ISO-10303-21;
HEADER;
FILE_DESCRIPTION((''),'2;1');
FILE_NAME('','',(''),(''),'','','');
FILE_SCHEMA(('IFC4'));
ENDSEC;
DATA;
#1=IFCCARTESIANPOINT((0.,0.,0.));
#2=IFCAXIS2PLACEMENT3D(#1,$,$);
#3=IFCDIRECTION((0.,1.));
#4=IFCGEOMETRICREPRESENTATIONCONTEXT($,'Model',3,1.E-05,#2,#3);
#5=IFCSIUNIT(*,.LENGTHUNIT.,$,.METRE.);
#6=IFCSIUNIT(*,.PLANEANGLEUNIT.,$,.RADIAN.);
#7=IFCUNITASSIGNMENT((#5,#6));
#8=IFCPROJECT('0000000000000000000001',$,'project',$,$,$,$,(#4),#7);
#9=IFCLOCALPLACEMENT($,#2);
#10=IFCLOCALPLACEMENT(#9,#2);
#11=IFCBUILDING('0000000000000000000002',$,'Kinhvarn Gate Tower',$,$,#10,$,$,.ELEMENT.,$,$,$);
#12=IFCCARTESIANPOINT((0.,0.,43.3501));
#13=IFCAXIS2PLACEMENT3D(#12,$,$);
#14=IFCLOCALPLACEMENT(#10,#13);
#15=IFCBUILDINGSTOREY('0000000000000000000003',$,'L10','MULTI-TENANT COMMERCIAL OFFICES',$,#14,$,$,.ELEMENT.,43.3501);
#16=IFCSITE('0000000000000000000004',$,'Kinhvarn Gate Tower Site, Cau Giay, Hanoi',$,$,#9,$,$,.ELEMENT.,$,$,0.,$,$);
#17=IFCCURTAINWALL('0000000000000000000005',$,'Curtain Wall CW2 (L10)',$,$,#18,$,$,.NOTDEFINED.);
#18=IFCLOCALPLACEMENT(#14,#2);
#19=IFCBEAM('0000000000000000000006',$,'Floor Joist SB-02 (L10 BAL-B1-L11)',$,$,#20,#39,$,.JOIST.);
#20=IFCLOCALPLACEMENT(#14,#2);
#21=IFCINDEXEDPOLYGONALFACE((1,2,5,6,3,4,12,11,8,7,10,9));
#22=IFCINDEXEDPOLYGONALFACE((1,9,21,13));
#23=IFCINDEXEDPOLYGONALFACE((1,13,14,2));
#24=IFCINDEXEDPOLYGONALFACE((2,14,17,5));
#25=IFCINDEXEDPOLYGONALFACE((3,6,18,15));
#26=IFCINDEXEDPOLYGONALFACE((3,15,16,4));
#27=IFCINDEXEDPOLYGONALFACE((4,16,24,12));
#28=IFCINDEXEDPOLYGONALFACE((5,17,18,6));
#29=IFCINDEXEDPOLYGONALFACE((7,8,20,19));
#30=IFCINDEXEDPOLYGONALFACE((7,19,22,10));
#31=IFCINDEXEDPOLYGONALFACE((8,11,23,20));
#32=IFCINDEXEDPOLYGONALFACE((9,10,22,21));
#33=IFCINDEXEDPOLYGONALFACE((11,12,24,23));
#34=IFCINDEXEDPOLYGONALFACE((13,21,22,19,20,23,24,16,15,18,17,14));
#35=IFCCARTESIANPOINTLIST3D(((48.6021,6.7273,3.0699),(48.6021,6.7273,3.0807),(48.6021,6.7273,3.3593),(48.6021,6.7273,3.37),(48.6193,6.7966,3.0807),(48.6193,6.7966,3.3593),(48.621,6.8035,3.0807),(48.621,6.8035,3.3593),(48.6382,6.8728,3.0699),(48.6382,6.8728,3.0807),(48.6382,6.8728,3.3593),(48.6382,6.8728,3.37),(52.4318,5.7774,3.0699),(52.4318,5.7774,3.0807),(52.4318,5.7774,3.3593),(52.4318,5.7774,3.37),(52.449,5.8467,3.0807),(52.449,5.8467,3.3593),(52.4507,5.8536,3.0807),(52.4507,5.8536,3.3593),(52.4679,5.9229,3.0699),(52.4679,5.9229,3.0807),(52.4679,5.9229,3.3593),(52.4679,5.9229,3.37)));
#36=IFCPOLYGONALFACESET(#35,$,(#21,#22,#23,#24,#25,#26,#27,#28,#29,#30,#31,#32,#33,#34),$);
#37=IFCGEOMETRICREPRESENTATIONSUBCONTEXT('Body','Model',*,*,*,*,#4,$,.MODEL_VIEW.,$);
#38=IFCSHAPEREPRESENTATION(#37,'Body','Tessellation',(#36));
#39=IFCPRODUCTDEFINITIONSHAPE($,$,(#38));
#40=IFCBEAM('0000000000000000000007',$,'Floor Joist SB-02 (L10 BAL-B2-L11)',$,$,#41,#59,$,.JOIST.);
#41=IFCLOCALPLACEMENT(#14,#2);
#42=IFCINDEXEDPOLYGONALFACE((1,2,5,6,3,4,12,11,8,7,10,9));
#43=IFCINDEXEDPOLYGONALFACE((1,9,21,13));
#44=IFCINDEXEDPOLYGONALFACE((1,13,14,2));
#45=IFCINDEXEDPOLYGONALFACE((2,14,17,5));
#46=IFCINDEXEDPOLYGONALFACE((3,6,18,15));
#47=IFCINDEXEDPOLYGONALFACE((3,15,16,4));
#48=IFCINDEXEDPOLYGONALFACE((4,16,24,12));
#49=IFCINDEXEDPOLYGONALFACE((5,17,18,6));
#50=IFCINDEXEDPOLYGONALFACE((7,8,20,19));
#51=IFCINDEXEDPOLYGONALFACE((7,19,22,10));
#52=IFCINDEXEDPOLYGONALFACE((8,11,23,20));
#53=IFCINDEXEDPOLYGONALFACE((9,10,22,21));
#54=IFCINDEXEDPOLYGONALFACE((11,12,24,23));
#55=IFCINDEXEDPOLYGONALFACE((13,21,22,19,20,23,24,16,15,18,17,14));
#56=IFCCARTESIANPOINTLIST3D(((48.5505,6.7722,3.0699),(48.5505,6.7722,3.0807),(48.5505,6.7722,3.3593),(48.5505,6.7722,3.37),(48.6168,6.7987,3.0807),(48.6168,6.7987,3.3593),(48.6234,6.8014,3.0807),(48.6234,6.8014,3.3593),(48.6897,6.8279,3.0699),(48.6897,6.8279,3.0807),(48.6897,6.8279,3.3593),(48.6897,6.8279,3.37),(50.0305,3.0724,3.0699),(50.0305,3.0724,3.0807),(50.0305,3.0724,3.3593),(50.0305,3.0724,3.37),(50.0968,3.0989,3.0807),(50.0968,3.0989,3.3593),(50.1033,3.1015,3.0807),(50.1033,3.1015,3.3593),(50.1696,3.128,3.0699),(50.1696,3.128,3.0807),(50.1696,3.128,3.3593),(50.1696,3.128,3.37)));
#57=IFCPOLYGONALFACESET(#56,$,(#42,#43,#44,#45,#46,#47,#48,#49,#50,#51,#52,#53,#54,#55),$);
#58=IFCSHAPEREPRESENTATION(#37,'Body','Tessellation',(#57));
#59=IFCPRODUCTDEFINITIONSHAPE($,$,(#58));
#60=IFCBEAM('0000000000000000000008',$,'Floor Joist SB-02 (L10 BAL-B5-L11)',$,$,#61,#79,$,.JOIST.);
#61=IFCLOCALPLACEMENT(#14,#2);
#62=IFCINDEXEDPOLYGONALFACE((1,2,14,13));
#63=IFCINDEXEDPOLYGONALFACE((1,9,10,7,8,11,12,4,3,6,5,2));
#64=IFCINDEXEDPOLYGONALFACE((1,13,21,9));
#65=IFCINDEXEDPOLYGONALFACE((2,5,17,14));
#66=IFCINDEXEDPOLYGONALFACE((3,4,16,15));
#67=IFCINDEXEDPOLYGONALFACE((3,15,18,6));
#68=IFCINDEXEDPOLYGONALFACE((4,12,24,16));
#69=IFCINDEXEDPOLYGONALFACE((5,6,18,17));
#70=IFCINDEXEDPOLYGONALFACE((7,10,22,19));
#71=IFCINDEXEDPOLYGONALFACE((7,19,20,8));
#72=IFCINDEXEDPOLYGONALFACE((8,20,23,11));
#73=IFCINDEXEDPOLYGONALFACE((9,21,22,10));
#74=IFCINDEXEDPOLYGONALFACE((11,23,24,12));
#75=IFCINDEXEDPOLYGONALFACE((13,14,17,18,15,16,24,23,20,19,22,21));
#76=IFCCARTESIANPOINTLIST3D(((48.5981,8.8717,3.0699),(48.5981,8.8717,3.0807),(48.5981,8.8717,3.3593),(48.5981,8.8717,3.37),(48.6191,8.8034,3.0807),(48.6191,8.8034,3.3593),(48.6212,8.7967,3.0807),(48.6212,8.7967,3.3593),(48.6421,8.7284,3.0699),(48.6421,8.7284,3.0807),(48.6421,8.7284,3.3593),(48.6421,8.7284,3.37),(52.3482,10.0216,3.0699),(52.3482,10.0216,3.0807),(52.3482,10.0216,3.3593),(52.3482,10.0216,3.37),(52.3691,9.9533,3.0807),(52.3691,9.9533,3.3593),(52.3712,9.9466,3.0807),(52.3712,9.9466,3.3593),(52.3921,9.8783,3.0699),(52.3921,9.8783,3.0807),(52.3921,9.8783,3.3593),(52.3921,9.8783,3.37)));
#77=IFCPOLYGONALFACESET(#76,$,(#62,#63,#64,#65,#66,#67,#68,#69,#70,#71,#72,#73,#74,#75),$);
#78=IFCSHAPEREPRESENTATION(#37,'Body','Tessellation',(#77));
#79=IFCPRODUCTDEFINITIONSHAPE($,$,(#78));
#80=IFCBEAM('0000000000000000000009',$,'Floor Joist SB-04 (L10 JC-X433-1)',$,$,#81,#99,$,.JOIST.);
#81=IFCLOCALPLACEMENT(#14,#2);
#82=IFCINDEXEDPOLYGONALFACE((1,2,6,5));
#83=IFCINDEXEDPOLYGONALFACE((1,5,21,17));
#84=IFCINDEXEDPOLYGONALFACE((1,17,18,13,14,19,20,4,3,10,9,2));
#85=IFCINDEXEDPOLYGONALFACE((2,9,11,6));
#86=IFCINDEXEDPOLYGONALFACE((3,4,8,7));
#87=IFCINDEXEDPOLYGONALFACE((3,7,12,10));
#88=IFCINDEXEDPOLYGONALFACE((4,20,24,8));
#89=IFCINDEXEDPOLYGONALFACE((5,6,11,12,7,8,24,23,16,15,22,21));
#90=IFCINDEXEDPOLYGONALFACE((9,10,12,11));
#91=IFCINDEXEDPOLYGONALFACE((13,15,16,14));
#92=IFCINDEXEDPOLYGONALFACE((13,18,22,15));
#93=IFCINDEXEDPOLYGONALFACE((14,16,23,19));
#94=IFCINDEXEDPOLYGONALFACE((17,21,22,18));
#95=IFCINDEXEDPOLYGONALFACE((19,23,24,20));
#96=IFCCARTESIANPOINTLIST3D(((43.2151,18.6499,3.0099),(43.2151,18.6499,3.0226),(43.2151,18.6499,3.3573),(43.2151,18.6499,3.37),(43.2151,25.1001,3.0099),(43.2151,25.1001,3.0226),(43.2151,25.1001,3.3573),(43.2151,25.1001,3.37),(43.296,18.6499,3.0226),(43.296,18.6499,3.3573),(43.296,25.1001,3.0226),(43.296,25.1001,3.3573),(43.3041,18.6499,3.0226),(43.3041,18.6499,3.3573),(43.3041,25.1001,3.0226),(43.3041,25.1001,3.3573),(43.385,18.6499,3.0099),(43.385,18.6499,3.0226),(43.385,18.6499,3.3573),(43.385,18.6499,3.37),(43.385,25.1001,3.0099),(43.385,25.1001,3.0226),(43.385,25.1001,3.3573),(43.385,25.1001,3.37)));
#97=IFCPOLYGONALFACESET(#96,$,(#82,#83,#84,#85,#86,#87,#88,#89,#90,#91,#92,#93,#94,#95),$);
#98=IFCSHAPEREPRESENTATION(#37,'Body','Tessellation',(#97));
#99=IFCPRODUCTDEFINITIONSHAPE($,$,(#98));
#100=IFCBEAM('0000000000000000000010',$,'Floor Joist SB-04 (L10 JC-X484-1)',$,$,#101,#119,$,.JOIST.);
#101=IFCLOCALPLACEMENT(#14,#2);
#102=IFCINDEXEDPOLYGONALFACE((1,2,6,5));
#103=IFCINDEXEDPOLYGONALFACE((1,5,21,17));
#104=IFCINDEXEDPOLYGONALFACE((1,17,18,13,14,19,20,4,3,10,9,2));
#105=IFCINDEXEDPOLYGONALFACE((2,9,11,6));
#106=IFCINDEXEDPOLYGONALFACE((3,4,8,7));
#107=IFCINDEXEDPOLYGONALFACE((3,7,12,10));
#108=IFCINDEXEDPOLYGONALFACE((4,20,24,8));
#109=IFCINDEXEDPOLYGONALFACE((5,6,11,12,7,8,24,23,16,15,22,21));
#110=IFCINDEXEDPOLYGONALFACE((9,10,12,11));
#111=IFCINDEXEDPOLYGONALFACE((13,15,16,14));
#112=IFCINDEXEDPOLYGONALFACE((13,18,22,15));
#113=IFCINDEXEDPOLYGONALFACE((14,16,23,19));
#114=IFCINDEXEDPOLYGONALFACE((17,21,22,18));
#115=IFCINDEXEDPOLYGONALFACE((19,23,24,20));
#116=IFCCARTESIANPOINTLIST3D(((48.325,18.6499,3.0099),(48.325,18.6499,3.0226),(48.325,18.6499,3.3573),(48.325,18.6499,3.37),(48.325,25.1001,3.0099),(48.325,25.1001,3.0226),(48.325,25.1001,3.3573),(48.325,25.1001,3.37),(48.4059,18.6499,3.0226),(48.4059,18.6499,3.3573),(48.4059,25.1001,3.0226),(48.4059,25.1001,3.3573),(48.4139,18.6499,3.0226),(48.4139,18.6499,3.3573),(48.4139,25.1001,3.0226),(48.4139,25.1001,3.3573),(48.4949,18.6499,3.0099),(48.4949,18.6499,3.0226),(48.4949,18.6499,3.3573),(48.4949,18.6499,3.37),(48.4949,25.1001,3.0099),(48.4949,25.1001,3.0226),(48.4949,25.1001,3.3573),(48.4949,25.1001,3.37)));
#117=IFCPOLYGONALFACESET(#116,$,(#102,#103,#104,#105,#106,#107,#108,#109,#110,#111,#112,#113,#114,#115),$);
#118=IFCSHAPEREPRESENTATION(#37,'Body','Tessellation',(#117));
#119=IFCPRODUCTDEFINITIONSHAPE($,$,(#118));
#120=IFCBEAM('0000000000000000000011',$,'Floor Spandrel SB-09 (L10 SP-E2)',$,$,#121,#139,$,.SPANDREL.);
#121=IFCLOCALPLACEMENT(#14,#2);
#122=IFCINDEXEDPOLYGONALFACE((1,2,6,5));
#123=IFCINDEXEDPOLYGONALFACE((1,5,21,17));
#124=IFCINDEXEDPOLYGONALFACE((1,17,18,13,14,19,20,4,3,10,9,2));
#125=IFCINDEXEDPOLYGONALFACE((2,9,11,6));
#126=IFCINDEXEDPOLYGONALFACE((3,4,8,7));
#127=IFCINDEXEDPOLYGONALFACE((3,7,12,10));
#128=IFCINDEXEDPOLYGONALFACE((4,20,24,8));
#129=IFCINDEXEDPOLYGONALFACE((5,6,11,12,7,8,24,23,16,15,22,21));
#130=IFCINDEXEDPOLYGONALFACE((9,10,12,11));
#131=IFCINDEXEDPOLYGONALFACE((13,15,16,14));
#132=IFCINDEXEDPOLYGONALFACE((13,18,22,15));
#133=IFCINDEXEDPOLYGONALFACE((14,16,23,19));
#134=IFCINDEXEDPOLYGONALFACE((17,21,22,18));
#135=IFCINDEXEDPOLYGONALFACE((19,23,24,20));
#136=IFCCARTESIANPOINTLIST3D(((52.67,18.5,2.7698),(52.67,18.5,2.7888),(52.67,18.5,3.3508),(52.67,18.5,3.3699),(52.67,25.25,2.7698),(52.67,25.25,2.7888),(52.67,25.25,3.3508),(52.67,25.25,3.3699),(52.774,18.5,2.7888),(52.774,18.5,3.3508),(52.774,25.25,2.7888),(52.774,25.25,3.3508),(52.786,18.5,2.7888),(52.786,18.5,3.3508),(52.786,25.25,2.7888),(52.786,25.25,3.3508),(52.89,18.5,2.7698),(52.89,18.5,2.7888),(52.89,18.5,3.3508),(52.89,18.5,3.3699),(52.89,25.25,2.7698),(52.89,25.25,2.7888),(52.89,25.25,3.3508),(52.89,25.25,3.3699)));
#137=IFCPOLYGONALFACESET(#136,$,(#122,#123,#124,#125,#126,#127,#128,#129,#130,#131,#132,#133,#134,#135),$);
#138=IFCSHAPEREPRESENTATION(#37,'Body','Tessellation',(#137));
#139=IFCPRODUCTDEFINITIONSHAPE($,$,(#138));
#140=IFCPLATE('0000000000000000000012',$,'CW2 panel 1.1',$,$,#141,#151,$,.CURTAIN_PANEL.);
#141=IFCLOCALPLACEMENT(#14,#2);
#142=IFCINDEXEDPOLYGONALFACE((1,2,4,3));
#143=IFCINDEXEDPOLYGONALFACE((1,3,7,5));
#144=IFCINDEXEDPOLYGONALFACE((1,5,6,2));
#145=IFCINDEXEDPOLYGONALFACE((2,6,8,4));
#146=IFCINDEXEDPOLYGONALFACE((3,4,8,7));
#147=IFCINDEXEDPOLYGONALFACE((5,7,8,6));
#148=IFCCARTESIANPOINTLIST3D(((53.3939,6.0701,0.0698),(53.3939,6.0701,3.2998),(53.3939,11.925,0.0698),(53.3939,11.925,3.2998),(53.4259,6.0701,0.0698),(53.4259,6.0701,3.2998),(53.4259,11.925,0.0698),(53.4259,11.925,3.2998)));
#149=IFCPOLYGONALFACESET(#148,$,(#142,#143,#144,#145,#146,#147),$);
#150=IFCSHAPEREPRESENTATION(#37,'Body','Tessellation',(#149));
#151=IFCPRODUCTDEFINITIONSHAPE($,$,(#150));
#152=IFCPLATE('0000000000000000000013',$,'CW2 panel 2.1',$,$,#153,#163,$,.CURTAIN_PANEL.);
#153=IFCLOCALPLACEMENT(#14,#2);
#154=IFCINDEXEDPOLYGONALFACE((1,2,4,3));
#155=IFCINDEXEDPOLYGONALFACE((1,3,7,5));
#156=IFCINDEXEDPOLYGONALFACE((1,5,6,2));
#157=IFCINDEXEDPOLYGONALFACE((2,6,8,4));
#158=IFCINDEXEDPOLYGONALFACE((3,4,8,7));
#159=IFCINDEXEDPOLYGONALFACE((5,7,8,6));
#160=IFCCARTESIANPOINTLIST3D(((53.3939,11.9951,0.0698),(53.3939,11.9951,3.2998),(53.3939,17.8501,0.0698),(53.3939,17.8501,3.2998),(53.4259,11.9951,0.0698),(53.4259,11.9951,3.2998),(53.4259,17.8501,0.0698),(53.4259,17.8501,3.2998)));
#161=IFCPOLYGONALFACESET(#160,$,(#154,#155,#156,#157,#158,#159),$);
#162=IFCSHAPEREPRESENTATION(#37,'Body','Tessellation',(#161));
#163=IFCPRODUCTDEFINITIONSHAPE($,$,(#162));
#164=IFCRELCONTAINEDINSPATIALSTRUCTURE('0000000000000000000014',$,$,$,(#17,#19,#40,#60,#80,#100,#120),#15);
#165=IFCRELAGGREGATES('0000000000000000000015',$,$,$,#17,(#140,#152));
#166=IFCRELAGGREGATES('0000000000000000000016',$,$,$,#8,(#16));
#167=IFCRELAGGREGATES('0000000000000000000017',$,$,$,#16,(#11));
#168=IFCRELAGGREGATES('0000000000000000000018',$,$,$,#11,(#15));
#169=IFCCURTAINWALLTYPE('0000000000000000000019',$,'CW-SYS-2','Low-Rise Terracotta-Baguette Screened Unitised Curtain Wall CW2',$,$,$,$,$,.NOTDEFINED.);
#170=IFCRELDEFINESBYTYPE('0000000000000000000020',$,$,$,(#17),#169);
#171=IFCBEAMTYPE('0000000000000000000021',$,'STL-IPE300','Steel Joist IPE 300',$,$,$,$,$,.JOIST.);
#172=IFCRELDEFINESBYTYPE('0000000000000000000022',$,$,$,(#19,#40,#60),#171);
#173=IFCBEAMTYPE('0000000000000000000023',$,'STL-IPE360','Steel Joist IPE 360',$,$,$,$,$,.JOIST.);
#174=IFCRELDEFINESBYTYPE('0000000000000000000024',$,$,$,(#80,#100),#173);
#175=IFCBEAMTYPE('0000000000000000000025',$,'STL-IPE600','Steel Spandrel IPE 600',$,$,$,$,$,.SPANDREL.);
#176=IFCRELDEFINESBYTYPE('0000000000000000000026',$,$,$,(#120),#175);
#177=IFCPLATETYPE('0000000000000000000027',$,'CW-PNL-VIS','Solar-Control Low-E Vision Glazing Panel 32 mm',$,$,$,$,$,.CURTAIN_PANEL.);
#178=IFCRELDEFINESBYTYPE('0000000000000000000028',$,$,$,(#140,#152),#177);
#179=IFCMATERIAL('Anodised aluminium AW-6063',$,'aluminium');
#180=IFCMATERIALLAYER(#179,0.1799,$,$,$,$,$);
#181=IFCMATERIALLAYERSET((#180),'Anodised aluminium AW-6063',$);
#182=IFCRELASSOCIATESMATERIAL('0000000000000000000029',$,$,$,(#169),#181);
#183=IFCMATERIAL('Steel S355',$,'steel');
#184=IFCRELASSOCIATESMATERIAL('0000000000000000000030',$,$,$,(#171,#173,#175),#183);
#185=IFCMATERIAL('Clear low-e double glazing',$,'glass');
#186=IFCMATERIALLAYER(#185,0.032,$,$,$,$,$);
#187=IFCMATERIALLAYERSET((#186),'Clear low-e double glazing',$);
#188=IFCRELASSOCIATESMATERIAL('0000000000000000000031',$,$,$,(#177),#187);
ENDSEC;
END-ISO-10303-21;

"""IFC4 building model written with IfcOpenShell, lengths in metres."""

from ifc_helpers import new_model, si_unit, direction, frame, origin, origin_2d, place, context, subcontext, project, spatial, rectangle, i_section, extrude, material, layer, layer_set, material_profile, profile_set, type_object, element, aggregate, save


model = new_model("IFC4")

# Units and contexts
model_context = context("Model", 3, precision=1e-05, world=origin(), true_north=direction((0.0, 1.0)))
body_context = subcontext(model_context, "Body", "Model", "MODEL_VIEW")
ifc_project = project(units=[si_unit("LENGTHUNIT", "METRE"), si_unit("PLANEANGLEUNIT", "RADIAN")], contexts=[model_context])

# Site, building, storey
site_placement = place(None, origin())
site = spatial("IfcSite", under=ifc_project, at=site_placement, Name="Kinhvarn Gate Tower Site, Cau Giay, Hanoi", CompositionType="ELEMENT", RefElevation=0.0)
building_placement = place(site_placement, origin())
building = spatial("IfcBuilding", under=site, at=building_placement, Name="Kinhvarn Gate Tower", CompositionType="ELEMENT")
storey_placement = place(building_placement, frame((0.0, 0.0, 43.3501)))
storey = spatial("IfcBuildingStorey", under=building, at=storey_placement, Name="L10", Description="MULTI-TENANT COMMERCIAL OFFICES", CompositionType="ELEMENT", Elevation=43.3501)

# Curtain wall
ifc_material_1 = material(Name="Anodised aluminium AW-6063", Category="aluminium")
ifc_layer_1 = layer(ifc_material_1, 0.1799)
ifc_layer_set_1 = layer_set([ifc_layer_1], Name="Anodised aluminium AW-6063")
curtain_wall_type = type_object("IfcCurtainWallType", Name="CW-SYS-2", Description="Low-Rise Terracotta-Baguette Screened Unitised Curtain Wall CW2", PredefinedType="NOTDEFINED", material=ifc_layer_set_1)
curtain_wall_1_placement = place(storey_placement, origin())
curtain_wall_1 = element("IfcCurtainWall", 1, at=curtain_wall_1_placement, inside=storey, type_object=curtain_wall_type, Name="Curtain Wall CW2 (L10)", PredefinedType="NOTDEFINED")

# Beams
ifc_material_2 = material(Name="Steel S355", Category="steel")
ifc_material_profile_1 = material_profile(ifc_material_2, i_section(OverallWidth=0.1499, OverallDepth=0.3, WebThickness=0.0071, FlangeThickness=0.0107, at=origin_2d()), Name="IPE 300")
ifc_profile_set_1 = profile_set([ifc_material_profile_1], Name="Steel S355")
beam_type_1 = type_object("IfcBeamType", Name="STL-IPE300", Description="Steel Joist IPE 300", PredefinedType="JOIST", material=ifc_profile_set_1)
beam_1_placement = place(storey_placement, frame((48.6201, 6.8, 3.22), z_axis=(0.970589, -0.240745, 0.0), x_axis=(0.240745, 0.970589, 0.0)))
element("IfcBeam", 2, at=beam_1_placement, inside=storey, type_object=beam_type_1, Name="Floor Joist SB-02 (L10 BAL-B1-L11)", PredefinedType="JOIST", context=body_context, shape_type="SweptSolid", body=[
    extrude(i_section(OverallWidth=0.1499, OverallDepth=0.3, WebThickness=0.0071, FlangeThickness=0.0107, at=origin_2d()), origin(), (0.0, 0.0, 1.0), 3.9458),
])
beam_2_placement = place(storey_placement, frame((48.6201, 6.8, 3.22), z_axis=(0.371391, -0.928477, 0.0), x_axis=(0.928477, 0.371391, 0.0)))
element("IfcBeam", 3, at=beam_2_placement, inside=storey, type_object=beam_type_1, Name="Floor Joist SB-02 (L10 BAL-B2-L11)", PredefinedType="JOIST", context=body_context, shape_type="SweptSolid", body=[
    extrude(i_section(OverallWidth=0.1499, OverallDepth=0.3, WebThickness=0.0071, FlangeThickness=0.0107, at=origin_2d()), origin(), (0.0, 0.0, 1.0), 3.9849),
])
beam_3_placement = place(storey_placement, frame((48.6201, 8.8, 3.22), z_axis=(0.956061, 0.293167, 0.0), x_axis=(-0.293167, 0.956061, 0.0)))
element("IfcBeam", 4, at=beam_3_placement, inside=storey, type_object=beam_type_1, Name="Floor Joist SB-02 (L10 BAL-B5-L11)", PredefinedType="JOIST", context=body_context, shape_type="SweptSolid", body=[
    extrude(i_section(OverallWidth=0.1499, OverallDepth=0.3, WebThickness=0.0071, FlangeThickness=0.0107, at=origin_2d()), origin(), (0.0, 0.0, 1.0), 3.9224),
])
ifc_material_profile_2 = material_profile(ifc_material_2, i_section(OverallWidth=0.1699, OverallDepth=0.3601, WebThickness=0.0081, FlangeThickness=0.0127, at=origin_2d()), Name="IPE 360")
ifc_profile_set_2 = profile_set([ifc_material_profile_2], Name="Steel S355")
beam_type_2 = type_object("IfcBeamType", Name="STL-IPE360", Description="Steel Joist IPE 360", PredefinedType="JOIST", material=ifc_profile_set_2)
for number, where, z_axis, x_axis, name in (
    (5, (43.3, 18.6499, 3.1899), (0.0, 1.0, 0.0), (-1.0, 0.0, 0.0), "Floor Joist SB-04 (L10 JC-X433-1)"),
    (6, (48.4099, 18.6499, 3.1899), (0.0, 1.0, 0.0), (-1.0, 0.0, 0.0), "Floor Joist SB-04 (L10 JC-X484-1)"),
):
    element("IfcBeam", number, at=place(storey_placement, frame(where, z_axis=z_axis, x_axis=x_axis)), inside=storey, type_object=beam_type_2, Name=name, PredefinedType="JOIST", context=body_context, shape_type="SweptSolid", body=[
        extrude(i_section(OverallWidth=0.1699, OverallDepth=0.3601, WebThickness=0.0081, FlangeThickness=0.0127, at=origin_2d()), origin(), (0.0, 0.0, 1.0), 6.4502),
    ])
ifc_material_profile_3 = material_profile(ifc_material_2, i_section(OverallWidth=0.22, OverallDepth=0.6001, WebThickness=0.012, FlangeThickness=0.019, at=origin_2d()), Name="IPE 600")
ifc_profile_set_3 = profile_set([ifc_material_profile_3], Name="Steel S355")
beam_type_3 = type_object("IfcBeamType", Name="STL-IPE600", Description="Steel Spandrel IPE 600", PredefinedType="SPANDREL", material=ifc_profile_set_3)
beam_4_placement = place(storey_placement, frame((52.78, 18.5, 3.0698), z_axis=(0.0, 1.0, 0.0), x_axis=(-1.0, 0.0, 0.0)))
element("IfcBeam", 7, at=beam_4_placement, inside=storey, type_object=beam_type_3, Name="Floor Spandrel SB-09 (L10 SP-E2)", PredefinedType="SPANDREL", context=body_context, shape_type="SweptSolid", body=[
    extrude(i_section(OverallWidth=0.22, OverallDepth=0.6001, WebThickness=0.012, FlangeThickness=0.019, at=origin_2d()), origin(), (0.0, 0.0, 1.0), 6.75),
])

# Plates
ifc_material_3 = material(Name="Clear low-e double glazing", Category="glass")
ifc_layer_2 = layer(ifc_material_3, 0.032)
ifc_layer_set_2 = layer_set([ifc_layer_2], Name="Clear low-e double glazing")
plate_type = type_object("IfcPlateType", Name="CW-PNL-VIS", Description="Solar-Control Low-E Vision Glazing Panel 32 mm", PredefinedType="CURTAIN_PANEL", material=ifc_layer_set_2)
plate_1_placement = place(storey_placement, frame((53.4099, 8.9976, 0.0698), z_axis=(0.0, 0.0, 1.0), x_axis=(0.0, 1.0, 0.0)))
plate_1 = element("IfcPlate", 8, at=plate_1_placement, type_object=plate_type, Name="CW2 panel 1.1", PredefinedType="CURTAIN_PANEL", context=body_context, shape_type="SweptSolid", body=[
    extrude(rectangle(XDim=5.855, YDim=0.032, at=origin_2d()), origin(), (0.0, 0.0, 1.0), 3.23),
])
plate_2_placement = place(storey_placement, frame((53.4099, 14.9226, 0.0698), z_axis=(0.0, 0.0, 1.0), x_axis=(0.0, 1.0, 0.0)))
plate_2 = element("IfcPlate", 9, at=plate_2_placement, type_object=plate_type, Name="CW2 panel 2.1", PredefinedType="CURTAIN_PANEL", context=body_context, shape_type="SweptSolid", body=[
    extrude(rectangle(XDim=5.855, YDim=0.032, at=origin_2d()), origin(), (0.0, 0.0, 1.0), 3.23),
])
aggregate(curtain_wall_1, [plate_1, plate_2])

save(model, "model.ifc")
